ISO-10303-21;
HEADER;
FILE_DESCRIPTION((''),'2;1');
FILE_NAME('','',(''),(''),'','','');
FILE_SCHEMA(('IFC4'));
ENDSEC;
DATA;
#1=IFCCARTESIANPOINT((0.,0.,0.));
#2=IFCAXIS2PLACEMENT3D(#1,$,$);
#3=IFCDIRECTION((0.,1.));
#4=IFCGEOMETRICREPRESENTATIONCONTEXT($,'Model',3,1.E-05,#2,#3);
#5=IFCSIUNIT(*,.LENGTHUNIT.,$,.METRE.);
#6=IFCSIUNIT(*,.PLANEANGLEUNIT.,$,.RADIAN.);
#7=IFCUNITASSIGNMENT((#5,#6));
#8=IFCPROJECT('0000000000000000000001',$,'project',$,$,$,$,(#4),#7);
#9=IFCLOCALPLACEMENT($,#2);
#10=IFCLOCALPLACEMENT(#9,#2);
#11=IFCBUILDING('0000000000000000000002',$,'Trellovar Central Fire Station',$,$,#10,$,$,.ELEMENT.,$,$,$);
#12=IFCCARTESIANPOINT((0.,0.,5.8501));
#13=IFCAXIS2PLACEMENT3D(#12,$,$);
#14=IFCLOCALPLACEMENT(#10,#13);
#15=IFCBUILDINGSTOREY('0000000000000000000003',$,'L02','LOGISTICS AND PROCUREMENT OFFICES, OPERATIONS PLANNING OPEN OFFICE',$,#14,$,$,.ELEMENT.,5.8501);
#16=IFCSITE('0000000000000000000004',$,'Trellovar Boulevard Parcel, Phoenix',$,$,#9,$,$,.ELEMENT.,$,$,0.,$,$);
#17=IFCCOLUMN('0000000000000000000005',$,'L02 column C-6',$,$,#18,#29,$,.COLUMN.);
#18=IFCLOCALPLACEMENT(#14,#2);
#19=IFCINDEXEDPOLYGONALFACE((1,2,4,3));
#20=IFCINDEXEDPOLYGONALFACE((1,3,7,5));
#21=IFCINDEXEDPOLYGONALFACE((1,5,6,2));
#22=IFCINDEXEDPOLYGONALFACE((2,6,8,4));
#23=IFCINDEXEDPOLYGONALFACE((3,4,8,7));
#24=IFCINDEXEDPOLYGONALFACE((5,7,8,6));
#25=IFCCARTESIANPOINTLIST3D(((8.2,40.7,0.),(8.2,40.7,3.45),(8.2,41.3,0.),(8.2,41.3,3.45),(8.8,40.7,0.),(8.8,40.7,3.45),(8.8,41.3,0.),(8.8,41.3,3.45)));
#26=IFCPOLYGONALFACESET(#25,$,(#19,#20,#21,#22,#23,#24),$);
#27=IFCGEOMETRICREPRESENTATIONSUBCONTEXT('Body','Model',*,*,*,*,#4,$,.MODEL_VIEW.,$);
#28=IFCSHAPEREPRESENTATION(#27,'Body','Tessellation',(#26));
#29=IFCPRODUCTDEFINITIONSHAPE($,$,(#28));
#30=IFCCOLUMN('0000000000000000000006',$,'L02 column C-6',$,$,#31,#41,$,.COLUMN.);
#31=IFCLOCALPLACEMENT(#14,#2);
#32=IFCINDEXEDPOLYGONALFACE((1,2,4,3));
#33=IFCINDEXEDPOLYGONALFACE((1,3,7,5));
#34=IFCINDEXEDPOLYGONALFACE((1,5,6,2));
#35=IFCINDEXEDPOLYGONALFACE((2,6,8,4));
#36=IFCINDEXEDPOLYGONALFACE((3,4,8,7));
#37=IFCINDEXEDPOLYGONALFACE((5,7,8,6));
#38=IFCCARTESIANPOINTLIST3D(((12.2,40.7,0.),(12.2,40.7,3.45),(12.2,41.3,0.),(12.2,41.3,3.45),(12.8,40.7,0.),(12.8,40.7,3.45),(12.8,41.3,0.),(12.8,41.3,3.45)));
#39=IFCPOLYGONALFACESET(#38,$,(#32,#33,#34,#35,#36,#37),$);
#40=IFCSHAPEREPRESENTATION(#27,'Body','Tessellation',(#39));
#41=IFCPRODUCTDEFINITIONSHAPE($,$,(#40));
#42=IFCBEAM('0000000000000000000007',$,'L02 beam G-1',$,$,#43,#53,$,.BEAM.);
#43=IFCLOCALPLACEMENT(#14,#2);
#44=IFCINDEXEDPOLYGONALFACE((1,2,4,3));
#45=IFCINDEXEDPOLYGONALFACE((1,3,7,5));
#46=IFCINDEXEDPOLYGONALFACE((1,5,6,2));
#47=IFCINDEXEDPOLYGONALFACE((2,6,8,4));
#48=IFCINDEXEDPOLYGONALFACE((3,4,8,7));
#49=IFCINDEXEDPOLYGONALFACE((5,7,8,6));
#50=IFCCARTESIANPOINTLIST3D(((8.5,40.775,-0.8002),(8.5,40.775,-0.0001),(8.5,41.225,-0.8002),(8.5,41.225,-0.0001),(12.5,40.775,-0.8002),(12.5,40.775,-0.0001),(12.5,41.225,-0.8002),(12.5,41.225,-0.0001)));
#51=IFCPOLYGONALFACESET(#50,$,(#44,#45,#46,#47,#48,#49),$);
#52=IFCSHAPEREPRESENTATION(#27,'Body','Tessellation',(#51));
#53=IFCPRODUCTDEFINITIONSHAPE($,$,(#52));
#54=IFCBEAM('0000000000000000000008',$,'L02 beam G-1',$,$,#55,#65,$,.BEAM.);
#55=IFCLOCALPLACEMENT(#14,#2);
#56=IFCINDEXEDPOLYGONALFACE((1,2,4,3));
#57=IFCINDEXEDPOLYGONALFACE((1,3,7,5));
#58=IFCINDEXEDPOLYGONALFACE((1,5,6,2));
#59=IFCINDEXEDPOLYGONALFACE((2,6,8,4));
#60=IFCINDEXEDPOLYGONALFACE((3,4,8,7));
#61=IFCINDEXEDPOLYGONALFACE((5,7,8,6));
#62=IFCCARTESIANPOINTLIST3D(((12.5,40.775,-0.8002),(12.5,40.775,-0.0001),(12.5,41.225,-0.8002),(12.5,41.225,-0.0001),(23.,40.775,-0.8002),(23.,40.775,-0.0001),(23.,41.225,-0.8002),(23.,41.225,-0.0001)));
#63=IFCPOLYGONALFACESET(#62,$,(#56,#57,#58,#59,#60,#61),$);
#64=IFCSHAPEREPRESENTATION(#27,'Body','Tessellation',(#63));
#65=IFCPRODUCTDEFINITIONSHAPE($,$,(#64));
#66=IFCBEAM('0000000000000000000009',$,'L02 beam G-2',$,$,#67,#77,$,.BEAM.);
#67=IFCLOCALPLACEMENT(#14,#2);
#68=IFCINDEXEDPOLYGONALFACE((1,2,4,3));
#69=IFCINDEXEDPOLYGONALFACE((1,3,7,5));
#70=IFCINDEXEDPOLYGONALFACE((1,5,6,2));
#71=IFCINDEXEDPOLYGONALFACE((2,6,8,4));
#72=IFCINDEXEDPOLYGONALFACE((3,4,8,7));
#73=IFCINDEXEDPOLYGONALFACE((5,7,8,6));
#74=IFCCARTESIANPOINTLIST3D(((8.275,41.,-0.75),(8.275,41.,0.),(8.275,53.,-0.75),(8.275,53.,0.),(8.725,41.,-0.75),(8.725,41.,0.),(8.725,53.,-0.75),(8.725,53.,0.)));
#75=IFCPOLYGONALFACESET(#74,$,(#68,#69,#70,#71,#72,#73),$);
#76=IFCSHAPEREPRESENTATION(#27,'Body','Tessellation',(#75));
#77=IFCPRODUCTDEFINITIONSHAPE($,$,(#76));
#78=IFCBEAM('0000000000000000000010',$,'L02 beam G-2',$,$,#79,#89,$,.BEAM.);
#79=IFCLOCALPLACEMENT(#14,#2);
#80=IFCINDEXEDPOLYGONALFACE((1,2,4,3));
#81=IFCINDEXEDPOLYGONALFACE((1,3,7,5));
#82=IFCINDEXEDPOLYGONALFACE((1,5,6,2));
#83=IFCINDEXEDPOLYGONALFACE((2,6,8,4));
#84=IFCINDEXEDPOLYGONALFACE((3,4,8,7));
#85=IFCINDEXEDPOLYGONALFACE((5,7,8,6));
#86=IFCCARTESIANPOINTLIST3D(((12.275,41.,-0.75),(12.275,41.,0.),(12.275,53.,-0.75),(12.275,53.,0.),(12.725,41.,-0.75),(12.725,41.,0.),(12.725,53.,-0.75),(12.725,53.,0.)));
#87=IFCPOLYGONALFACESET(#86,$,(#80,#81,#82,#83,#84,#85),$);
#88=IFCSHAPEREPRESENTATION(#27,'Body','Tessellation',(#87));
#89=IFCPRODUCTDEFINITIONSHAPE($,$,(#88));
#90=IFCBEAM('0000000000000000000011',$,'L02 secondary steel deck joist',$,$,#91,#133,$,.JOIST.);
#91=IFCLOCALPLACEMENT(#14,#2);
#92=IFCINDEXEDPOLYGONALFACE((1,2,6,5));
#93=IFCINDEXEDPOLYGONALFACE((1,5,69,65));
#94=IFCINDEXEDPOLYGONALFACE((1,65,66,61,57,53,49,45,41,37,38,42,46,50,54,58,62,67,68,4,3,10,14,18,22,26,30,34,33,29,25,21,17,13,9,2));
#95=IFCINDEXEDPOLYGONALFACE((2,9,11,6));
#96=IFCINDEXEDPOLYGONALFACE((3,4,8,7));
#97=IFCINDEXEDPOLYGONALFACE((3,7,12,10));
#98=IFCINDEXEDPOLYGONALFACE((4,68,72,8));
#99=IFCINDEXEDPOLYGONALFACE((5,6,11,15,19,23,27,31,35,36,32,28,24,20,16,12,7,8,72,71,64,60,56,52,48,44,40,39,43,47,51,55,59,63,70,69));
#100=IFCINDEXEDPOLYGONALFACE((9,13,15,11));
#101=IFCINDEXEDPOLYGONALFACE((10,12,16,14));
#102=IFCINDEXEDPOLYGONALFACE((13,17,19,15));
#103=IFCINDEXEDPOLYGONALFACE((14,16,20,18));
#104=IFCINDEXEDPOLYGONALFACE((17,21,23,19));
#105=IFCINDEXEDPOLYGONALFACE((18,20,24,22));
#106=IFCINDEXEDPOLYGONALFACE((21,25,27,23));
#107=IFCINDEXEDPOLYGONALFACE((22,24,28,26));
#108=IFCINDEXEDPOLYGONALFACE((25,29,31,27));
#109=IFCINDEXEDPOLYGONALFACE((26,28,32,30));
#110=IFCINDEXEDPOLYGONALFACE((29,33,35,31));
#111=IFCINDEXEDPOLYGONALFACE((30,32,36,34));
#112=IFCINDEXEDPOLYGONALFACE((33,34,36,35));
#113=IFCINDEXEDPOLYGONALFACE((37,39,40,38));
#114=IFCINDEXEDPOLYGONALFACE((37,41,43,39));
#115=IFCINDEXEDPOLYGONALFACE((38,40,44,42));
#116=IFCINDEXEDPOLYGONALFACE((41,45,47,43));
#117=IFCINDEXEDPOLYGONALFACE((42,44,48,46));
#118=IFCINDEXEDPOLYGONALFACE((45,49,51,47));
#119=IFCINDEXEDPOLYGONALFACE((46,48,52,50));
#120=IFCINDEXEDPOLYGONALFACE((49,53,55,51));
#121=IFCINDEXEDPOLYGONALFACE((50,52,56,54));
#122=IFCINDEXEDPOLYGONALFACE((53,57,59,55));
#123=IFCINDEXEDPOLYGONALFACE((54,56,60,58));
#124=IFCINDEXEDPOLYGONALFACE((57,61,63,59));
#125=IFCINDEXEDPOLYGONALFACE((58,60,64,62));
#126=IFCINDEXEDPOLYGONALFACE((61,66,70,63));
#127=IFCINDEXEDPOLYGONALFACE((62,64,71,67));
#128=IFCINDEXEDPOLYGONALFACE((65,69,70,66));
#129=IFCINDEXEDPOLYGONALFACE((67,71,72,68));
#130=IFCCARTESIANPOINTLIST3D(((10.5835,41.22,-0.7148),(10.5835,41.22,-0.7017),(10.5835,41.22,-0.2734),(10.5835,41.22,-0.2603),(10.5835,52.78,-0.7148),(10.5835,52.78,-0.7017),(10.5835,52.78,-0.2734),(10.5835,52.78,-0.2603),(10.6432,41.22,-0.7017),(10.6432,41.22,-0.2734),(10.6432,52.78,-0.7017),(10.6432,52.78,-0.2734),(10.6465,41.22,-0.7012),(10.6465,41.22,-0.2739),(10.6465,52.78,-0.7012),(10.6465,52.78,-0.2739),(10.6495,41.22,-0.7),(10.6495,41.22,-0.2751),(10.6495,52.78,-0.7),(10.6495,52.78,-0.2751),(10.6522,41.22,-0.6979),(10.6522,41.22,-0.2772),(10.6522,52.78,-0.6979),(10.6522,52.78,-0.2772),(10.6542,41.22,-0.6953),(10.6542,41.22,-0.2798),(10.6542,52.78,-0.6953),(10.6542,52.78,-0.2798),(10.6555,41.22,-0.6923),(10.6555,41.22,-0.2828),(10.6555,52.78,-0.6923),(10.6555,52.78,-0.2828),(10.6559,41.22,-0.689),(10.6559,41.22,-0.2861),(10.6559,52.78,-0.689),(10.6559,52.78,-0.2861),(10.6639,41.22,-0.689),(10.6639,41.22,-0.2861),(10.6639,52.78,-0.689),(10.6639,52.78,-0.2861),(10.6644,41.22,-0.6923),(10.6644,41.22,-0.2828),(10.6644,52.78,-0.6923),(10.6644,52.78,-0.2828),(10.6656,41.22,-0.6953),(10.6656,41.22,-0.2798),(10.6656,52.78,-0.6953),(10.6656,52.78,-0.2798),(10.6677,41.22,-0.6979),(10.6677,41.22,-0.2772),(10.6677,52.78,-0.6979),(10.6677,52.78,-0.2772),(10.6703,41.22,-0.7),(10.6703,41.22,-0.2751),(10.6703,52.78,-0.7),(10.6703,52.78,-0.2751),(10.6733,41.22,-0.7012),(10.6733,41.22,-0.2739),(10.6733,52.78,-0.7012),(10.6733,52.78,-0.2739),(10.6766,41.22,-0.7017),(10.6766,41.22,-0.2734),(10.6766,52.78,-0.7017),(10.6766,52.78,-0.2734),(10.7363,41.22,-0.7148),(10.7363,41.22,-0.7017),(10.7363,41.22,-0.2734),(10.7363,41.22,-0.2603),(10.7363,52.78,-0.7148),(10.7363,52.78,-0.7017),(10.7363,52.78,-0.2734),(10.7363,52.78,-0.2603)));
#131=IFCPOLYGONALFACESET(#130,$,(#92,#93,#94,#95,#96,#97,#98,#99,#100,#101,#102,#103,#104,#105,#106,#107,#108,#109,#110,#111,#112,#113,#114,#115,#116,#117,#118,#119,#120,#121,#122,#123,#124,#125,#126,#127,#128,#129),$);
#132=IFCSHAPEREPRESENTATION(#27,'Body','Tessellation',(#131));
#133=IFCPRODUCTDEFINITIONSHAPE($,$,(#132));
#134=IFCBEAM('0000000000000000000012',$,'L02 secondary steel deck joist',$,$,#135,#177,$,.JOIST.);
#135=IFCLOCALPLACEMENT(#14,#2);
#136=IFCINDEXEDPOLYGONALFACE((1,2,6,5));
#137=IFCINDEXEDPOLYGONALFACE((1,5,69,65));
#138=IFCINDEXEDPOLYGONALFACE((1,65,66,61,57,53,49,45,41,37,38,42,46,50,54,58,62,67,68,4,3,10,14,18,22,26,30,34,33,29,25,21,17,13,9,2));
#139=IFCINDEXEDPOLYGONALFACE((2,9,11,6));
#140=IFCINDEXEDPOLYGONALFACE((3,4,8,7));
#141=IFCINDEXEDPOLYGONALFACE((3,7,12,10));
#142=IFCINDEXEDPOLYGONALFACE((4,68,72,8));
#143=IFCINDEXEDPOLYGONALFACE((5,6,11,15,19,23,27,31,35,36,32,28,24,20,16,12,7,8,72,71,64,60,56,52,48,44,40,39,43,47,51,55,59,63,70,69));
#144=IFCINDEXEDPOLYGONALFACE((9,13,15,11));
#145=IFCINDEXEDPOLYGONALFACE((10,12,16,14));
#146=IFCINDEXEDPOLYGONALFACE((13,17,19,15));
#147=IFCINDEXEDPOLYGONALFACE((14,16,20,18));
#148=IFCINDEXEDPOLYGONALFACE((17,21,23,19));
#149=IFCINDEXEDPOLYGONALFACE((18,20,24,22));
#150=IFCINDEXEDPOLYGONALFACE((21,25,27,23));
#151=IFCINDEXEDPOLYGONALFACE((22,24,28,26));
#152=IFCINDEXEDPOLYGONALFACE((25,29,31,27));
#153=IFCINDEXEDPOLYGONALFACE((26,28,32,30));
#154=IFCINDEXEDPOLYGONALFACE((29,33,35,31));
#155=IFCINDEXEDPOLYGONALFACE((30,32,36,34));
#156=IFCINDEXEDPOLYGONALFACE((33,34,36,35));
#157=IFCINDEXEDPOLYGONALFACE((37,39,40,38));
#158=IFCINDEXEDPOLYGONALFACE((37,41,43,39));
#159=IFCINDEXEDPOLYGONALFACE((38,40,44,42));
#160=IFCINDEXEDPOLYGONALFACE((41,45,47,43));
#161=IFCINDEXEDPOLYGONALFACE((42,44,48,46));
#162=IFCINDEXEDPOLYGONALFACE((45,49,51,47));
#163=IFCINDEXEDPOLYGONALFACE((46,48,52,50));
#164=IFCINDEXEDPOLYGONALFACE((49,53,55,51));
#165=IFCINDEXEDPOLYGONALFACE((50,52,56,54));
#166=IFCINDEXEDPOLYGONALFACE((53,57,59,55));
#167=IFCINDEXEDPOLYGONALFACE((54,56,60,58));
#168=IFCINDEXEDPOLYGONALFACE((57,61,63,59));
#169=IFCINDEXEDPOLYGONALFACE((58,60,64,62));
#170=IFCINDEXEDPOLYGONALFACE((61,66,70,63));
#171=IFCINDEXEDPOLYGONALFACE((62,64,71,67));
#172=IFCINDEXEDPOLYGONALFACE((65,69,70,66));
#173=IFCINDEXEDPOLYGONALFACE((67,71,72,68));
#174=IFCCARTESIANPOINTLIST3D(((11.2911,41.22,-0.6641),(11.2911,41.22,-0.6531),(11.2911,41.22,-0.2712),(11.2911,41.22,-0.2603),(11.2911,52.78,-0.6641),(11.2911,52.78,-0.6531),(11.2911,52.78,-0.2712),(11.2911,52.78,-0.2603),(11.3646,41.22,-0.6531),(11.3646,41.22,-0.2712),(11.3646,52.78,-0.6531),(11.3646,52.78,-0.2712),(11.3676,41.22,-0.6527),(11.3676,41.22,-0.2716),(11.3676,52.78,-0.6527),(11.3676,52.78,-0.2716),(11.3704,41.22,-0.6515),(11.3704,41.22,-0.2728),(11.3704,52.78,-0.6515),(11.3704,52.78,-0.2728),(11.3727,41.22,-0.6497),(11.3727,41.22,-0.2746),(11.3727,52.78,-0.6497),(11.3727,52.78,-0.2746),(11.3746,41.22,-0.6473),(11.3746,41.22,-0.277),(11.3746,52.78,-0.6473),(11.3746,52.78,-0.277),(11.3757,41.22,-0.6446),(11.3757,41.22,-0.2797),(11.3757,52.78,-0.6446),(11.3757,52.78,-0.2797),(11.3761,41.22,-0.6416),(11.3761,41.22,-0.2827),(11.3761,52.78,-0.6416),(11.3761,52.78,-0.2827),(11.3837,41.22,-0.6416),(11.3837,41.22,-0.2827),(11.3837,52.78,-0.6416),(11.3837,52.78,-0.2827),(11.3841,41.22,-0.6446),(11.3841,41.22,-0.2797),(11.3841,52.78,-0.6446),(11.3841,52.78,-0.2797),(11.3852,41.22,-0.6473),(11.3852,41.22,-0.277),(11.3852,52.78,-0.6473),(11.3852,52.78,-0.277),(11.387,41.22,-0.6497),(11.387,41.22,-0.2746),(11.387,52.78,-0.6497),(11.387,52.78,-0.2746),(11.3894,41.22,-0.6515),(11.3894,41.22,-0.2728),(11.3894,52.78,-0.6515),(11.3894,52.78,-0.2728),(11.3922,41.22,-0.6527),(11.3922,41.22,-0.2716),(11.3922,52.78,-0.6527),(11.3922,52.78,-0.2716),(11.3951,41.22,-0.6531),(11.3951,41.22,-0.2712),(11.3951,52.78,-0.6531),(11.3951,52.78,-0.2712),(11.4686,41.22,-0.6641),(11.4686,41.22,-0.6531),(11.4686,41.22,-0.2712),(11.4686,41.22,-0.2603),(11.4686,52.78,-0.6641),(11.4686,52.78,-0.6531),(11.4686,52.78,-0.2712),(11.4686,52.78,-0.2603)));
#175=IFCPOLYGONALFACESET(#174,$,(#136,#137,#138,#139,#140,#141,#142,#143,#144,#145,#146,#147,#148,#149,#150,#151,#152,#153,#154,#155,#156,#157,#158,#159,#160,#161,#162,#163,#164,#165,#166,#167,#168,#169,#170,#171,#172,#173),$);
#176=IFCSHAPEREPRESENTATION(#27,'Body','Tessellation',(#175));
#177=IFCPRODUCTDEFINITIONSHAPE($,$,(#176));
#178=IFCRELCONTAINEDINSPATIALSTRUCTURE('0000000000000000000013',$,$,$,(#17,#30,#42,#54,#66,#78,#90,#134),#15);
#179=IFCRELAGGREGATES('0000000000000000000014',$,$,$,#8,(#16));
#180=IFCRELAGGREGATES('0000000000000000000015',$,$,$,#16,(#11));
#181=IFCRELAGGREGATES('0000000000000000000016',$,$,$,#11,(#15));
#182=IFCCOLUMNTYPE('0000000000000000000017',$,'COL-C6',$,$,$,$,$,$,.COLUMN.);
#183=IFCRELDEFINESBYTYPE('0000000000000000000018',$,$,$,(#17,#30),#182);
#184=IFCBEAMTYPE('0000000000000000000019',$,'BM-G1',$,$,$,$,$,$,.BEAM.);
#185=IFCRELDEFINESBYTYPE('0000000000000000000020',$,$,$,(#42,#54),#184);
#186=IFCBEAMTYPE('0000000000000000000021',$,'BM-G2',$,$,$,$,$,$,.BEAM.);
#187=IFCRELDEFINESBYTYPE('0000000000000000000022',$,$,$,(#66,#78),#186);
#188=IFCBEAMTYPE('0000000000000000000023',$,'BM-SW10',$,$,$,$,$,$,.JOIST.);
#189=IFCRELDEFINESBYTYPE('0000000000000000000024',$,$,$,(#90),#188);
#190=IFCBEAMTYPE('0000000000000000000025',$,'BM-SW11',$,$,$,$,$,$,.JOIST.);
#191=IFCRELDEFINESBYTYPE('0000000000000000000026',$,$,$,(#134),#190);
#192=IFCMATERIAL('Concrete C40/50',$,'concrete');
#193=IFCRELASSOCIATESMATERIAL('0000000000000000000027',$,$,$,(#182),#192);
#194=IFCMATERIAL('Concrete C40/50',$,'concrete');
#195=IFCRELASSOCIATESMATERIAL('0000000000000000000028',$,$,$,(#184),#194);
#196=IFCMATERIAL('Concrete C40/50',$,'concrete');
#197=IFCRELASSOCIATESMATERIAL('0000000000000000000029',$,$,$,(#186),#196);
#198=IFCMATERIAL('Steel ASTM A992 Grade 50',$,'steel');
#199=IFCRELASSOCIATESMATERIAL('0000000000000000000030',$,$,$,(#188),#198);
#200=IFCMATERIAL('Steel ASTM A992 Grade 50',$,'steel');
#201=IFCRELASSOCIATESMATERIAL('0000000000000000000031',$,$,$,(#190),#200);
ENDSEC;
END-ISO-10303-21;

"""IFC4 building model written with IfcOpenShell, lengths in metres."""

from ifc_helpers import new_model, si_unit, direction, frame, origin, origin_2d, place, context, subcontext, project, spatial, rectangle, i_section, extrude, material, material_profile, profile_set, type_object, element, save


model = new_model("IFC4")

# Units and contexts
model_context = context("Model", 3, precision=1e-05, world=origin(), true_north=direction((0.0, 1.0)))
body_context = subcontext(model_context, "Body", "Model", "MODEL_VIEW")
ifc_project = project(units=[si_unit("LENGTHUNIT", "METRE"), si_unit("PLANEANGLEUNIT", "RADIAN")], contexts=[model_context])

# Site, building, storey
site_placement = place(None, origin())
site = spatial("IfcSite", under=ifc_project, at=site_placement, Name="Trellovar Boulevard Parcel, Phoenix", CompositionType="ELEMENT", RefElevation=0.0)
building_placement = place(site_placement, origin())
building = spatial("IfcBuilding", under=site, at=building_placement, Name="Trellovar Central Fire Station", CompositionType="ELEMENT")
storey_placement = place(building_placement, frame((0.0, 0.0, 5.8501)))
storey = spatial("IfcBuildingStorey", under=building, at=storey_placement, Name="L02", Description="LOGISTICS AND PROCUREMENT OFFICES, OPERATIONS PLANNING OPEN OFFICE", CompositionType="ELEMENT", Elevation=5.8501)

# Columns
ifc_material_1 = material(Name="Concrete C40/50", Category="concrete")
ifc_material_profile_1 = material_profile(ifc_material_1, rectangle(XDim=0.6001, YDim=0.6001, at=origin_2d()), Name="RC600X600")
ifc_profile_set_1 = profile_set([ifc_material_profile_1], Name="Concrete C40/50")
column_type = type_object("IfcColumnType", Name="COL-C6", PredefinedType="COLUMN", material=ifc_profile_set_1)
for number, where, z_axis, x_axis, name in (
    (1, (8.5, 41.0, 0.0), (0.0, 0.0, 1.0), (1.0, 0.0, 0.0), "L02 column C-6"),
    (2, (12.5, 41.0, 0.0), (0.0, 0.0, 1.0), (1.0, 0.0, 0.0), "L02 column C-6"),
):
    element("IfcColumn", number, at=place(storey_placement, frame(where, z_axis=z_axis, x_axis=x_axis)), inside=storey, type_object=column_type, Name=name, PredefinedType="COLUMN", context=body_context, shape_type="SweptSolid", body=[
        extrude(rectangle(XDim=0.6001, YDim=0.6001, at=origin_2d()), origin(), (0.0, 0.0, 1.0), 3.45),
    ])

# Beams
ifc_material_2 = material(Name="Concrete C40/50", Category="concrete")
ifc_material_profile_2 = material_profile(ifc_material_2, rectangle(XDim=0.45, YDim=0.8, at=origin_2d()), Name="RC450X800")
ifc_profile_set_2 = profile_set([ifc_material_profile_2], Name="Concrete C40/50")
beam_type_1 = type_object("IfcBeamType", Name="BM-G1", PredefinedType="BEAM", material=ifc_profile_set_2)
beam_1_placement = place(storey_placement, frame((8.5, 41.0, -0.4001), z_axis=(1.0, 0.0, 0.0), x_axis=(0.0, 1.0, 0.0)))
element("IfcBeam", 3, at=beam_1_placement, inside=storey, type_object=beam_type_1, Name="L02 beam G-1", PredefinedType="BEAM", context=body_context, shape_type="SweptSolid", body=[
    extrude(rectangle(XDim=0.45, YDim=0.8, at=origin_2d()), origin(), (0.0, 0.0, 1.0), 4.0),
])
beam_2_placement = place(storey_placement, frame((12.5, 41.0, -0.4001), z_axis=(1.0, 0.0, 0.0), x_axis=(0.0, 1.0, 0.0)))
element("IfcBeam", 4, at=beam_2_placement, inside=storey, type_object=beam_type_1, Name="L02 beam G-1", PredefinedType="BEAM", context=body_context, shape_type="SweptSolid", body=[
    extrude(rectangle(XDim=0.45, YDim=0.8, at=origin_2d()), origin(), (0.0, 0.0, 1.0), 10.5),
])
ifc_material_3 = material(Name="Concrete C40/50", Category="concrete")
ifc_material_profile_3 = material_profile(ifc_material_3, rectangle(XDim=0.45, YDim=0.75, at=origin_2d()), Name="RC450X750")
ifc_profile_set_3 = profile_set([ifc_material_profile_3], Name="Concrete C40/50")
beam_type_2 = type_object("IfcBeamType", Name="BM-G2", PredefinedType="BEAM", material=ifc_profile_set_3)
for number, where, z_axis, x_axis, name in (
    (5, (8.5, 41.0, -0.375), (0.0, 1.0, 0.0), (-1.0, 0.0, 0.0), "L02 beam G-2"),
    (6, (12.5, 41.0, -0.375), (0.0, 1.0, 0.0), (-1.0, 0.0, 0.0), "L02 beam G-2"),
):
    element("IfcBeam", number, at=place(storey_placement, frame(where, z_axis=z_axis, x_axis=x_axis)), inside=storey, type_object=beam_type_2, Name=name, PredefinedType="BEAM", context=body_context, shape_type="SweptSolid", body=[
        extrude(rectangle(XDim=0.45, YDim=0.75, at=origin_2d()), origin(), (0.0, 0.0, 1.0), 12.0),
    ])
ifc_material_4 = material(Name="Steel ASTM A992 Grade 50", Category="steel")
ifc_material_profile_4 = material_profile(ifc_material_4, i_section(OverallWidth=0.1528, OverallDepth=0.4546, WebThickness=0.0081, FlangeThickness=0.0132, FilletRadius=0.0127, at=origin_2d()), Name="W18X40")
ifc_profile_set_4 = profile_set([ifc_material_profile_4], Name="Steel ASTM A992 Grade 50")
beam_type_3 = type_object("IfcBeamType", Name="BM-SW10", PredefinedType="JOIST", material=ifc_profile_set_4)
beam_3_placement = place(storey_placement, frame((10.6599, 41.22, -0.4875), z_axis=(0.0, 1.0, 0.0), x_axis=(-1.0, 0.0, 0.0)))
element("IfcBeam", 7, at=beam_3_placement, inside=storey, type_object=beam_type_3, Name="L02 secondary steel deck joist", PredefinedType="JOIST", context=body_context, shape_type="SweptSolid", body=[
    extrude(i_section(OverallWidth=0.1528, OverallDepth=0.4546, WebThickness=0.0081, FlangeThickness=0.0132, FilletRadius=0.0127, at=origin_2d()), origin(), (0.0, 0.0, 1.0), 11.5601),
])
ifc_material_5 = material(Name="Steel ASTM A992 Grade 50", Category="steel")
ifc_material_profile_5 = material_profile(ifc_material_5, i_section(OverallWidth=0.1775, OverallDepth=0.4038, WebThickness=0.0076, FlangeThickness=0.011, FilletRadius=0.0115, at=origin_2d()), Name="W16X36")
ifc_profile_set_5 = profile_set([ifc_material_profile_5], Name="Steel ASTM A992 Grade 50")
beam_type_4 = type_object("IfcBeamType", Name="BM-SW11", PredefinedType="JOIST", material=ifc_profile_set_5)
beam_4_placement = place(storey_placement, frame((11.3799, 41.22, -0.4622), z_axis=(0.0, 1.0, 0.0), x_axis=(-1.0, 0.0, 0.0)))
element("IfcBeam", 8, at=beam_4_placement, inside=storey, type_object=beam_type_4, Name="L02 secondary steel deck joist", PredefinedType="JOIST", context=body_context, shape_type="SweptSolid", body=[
    extrude(i_section(OverallWidth=0.1775, OverallDepth=0.4038, WebThickness=0.0076, FlangeThickness=0.011, FilletRadius=0.0115, at=origin_2d()), origin(), (0.0, 0.0, 1.0), 11.5601),
])

save(model, "model.ifc")
